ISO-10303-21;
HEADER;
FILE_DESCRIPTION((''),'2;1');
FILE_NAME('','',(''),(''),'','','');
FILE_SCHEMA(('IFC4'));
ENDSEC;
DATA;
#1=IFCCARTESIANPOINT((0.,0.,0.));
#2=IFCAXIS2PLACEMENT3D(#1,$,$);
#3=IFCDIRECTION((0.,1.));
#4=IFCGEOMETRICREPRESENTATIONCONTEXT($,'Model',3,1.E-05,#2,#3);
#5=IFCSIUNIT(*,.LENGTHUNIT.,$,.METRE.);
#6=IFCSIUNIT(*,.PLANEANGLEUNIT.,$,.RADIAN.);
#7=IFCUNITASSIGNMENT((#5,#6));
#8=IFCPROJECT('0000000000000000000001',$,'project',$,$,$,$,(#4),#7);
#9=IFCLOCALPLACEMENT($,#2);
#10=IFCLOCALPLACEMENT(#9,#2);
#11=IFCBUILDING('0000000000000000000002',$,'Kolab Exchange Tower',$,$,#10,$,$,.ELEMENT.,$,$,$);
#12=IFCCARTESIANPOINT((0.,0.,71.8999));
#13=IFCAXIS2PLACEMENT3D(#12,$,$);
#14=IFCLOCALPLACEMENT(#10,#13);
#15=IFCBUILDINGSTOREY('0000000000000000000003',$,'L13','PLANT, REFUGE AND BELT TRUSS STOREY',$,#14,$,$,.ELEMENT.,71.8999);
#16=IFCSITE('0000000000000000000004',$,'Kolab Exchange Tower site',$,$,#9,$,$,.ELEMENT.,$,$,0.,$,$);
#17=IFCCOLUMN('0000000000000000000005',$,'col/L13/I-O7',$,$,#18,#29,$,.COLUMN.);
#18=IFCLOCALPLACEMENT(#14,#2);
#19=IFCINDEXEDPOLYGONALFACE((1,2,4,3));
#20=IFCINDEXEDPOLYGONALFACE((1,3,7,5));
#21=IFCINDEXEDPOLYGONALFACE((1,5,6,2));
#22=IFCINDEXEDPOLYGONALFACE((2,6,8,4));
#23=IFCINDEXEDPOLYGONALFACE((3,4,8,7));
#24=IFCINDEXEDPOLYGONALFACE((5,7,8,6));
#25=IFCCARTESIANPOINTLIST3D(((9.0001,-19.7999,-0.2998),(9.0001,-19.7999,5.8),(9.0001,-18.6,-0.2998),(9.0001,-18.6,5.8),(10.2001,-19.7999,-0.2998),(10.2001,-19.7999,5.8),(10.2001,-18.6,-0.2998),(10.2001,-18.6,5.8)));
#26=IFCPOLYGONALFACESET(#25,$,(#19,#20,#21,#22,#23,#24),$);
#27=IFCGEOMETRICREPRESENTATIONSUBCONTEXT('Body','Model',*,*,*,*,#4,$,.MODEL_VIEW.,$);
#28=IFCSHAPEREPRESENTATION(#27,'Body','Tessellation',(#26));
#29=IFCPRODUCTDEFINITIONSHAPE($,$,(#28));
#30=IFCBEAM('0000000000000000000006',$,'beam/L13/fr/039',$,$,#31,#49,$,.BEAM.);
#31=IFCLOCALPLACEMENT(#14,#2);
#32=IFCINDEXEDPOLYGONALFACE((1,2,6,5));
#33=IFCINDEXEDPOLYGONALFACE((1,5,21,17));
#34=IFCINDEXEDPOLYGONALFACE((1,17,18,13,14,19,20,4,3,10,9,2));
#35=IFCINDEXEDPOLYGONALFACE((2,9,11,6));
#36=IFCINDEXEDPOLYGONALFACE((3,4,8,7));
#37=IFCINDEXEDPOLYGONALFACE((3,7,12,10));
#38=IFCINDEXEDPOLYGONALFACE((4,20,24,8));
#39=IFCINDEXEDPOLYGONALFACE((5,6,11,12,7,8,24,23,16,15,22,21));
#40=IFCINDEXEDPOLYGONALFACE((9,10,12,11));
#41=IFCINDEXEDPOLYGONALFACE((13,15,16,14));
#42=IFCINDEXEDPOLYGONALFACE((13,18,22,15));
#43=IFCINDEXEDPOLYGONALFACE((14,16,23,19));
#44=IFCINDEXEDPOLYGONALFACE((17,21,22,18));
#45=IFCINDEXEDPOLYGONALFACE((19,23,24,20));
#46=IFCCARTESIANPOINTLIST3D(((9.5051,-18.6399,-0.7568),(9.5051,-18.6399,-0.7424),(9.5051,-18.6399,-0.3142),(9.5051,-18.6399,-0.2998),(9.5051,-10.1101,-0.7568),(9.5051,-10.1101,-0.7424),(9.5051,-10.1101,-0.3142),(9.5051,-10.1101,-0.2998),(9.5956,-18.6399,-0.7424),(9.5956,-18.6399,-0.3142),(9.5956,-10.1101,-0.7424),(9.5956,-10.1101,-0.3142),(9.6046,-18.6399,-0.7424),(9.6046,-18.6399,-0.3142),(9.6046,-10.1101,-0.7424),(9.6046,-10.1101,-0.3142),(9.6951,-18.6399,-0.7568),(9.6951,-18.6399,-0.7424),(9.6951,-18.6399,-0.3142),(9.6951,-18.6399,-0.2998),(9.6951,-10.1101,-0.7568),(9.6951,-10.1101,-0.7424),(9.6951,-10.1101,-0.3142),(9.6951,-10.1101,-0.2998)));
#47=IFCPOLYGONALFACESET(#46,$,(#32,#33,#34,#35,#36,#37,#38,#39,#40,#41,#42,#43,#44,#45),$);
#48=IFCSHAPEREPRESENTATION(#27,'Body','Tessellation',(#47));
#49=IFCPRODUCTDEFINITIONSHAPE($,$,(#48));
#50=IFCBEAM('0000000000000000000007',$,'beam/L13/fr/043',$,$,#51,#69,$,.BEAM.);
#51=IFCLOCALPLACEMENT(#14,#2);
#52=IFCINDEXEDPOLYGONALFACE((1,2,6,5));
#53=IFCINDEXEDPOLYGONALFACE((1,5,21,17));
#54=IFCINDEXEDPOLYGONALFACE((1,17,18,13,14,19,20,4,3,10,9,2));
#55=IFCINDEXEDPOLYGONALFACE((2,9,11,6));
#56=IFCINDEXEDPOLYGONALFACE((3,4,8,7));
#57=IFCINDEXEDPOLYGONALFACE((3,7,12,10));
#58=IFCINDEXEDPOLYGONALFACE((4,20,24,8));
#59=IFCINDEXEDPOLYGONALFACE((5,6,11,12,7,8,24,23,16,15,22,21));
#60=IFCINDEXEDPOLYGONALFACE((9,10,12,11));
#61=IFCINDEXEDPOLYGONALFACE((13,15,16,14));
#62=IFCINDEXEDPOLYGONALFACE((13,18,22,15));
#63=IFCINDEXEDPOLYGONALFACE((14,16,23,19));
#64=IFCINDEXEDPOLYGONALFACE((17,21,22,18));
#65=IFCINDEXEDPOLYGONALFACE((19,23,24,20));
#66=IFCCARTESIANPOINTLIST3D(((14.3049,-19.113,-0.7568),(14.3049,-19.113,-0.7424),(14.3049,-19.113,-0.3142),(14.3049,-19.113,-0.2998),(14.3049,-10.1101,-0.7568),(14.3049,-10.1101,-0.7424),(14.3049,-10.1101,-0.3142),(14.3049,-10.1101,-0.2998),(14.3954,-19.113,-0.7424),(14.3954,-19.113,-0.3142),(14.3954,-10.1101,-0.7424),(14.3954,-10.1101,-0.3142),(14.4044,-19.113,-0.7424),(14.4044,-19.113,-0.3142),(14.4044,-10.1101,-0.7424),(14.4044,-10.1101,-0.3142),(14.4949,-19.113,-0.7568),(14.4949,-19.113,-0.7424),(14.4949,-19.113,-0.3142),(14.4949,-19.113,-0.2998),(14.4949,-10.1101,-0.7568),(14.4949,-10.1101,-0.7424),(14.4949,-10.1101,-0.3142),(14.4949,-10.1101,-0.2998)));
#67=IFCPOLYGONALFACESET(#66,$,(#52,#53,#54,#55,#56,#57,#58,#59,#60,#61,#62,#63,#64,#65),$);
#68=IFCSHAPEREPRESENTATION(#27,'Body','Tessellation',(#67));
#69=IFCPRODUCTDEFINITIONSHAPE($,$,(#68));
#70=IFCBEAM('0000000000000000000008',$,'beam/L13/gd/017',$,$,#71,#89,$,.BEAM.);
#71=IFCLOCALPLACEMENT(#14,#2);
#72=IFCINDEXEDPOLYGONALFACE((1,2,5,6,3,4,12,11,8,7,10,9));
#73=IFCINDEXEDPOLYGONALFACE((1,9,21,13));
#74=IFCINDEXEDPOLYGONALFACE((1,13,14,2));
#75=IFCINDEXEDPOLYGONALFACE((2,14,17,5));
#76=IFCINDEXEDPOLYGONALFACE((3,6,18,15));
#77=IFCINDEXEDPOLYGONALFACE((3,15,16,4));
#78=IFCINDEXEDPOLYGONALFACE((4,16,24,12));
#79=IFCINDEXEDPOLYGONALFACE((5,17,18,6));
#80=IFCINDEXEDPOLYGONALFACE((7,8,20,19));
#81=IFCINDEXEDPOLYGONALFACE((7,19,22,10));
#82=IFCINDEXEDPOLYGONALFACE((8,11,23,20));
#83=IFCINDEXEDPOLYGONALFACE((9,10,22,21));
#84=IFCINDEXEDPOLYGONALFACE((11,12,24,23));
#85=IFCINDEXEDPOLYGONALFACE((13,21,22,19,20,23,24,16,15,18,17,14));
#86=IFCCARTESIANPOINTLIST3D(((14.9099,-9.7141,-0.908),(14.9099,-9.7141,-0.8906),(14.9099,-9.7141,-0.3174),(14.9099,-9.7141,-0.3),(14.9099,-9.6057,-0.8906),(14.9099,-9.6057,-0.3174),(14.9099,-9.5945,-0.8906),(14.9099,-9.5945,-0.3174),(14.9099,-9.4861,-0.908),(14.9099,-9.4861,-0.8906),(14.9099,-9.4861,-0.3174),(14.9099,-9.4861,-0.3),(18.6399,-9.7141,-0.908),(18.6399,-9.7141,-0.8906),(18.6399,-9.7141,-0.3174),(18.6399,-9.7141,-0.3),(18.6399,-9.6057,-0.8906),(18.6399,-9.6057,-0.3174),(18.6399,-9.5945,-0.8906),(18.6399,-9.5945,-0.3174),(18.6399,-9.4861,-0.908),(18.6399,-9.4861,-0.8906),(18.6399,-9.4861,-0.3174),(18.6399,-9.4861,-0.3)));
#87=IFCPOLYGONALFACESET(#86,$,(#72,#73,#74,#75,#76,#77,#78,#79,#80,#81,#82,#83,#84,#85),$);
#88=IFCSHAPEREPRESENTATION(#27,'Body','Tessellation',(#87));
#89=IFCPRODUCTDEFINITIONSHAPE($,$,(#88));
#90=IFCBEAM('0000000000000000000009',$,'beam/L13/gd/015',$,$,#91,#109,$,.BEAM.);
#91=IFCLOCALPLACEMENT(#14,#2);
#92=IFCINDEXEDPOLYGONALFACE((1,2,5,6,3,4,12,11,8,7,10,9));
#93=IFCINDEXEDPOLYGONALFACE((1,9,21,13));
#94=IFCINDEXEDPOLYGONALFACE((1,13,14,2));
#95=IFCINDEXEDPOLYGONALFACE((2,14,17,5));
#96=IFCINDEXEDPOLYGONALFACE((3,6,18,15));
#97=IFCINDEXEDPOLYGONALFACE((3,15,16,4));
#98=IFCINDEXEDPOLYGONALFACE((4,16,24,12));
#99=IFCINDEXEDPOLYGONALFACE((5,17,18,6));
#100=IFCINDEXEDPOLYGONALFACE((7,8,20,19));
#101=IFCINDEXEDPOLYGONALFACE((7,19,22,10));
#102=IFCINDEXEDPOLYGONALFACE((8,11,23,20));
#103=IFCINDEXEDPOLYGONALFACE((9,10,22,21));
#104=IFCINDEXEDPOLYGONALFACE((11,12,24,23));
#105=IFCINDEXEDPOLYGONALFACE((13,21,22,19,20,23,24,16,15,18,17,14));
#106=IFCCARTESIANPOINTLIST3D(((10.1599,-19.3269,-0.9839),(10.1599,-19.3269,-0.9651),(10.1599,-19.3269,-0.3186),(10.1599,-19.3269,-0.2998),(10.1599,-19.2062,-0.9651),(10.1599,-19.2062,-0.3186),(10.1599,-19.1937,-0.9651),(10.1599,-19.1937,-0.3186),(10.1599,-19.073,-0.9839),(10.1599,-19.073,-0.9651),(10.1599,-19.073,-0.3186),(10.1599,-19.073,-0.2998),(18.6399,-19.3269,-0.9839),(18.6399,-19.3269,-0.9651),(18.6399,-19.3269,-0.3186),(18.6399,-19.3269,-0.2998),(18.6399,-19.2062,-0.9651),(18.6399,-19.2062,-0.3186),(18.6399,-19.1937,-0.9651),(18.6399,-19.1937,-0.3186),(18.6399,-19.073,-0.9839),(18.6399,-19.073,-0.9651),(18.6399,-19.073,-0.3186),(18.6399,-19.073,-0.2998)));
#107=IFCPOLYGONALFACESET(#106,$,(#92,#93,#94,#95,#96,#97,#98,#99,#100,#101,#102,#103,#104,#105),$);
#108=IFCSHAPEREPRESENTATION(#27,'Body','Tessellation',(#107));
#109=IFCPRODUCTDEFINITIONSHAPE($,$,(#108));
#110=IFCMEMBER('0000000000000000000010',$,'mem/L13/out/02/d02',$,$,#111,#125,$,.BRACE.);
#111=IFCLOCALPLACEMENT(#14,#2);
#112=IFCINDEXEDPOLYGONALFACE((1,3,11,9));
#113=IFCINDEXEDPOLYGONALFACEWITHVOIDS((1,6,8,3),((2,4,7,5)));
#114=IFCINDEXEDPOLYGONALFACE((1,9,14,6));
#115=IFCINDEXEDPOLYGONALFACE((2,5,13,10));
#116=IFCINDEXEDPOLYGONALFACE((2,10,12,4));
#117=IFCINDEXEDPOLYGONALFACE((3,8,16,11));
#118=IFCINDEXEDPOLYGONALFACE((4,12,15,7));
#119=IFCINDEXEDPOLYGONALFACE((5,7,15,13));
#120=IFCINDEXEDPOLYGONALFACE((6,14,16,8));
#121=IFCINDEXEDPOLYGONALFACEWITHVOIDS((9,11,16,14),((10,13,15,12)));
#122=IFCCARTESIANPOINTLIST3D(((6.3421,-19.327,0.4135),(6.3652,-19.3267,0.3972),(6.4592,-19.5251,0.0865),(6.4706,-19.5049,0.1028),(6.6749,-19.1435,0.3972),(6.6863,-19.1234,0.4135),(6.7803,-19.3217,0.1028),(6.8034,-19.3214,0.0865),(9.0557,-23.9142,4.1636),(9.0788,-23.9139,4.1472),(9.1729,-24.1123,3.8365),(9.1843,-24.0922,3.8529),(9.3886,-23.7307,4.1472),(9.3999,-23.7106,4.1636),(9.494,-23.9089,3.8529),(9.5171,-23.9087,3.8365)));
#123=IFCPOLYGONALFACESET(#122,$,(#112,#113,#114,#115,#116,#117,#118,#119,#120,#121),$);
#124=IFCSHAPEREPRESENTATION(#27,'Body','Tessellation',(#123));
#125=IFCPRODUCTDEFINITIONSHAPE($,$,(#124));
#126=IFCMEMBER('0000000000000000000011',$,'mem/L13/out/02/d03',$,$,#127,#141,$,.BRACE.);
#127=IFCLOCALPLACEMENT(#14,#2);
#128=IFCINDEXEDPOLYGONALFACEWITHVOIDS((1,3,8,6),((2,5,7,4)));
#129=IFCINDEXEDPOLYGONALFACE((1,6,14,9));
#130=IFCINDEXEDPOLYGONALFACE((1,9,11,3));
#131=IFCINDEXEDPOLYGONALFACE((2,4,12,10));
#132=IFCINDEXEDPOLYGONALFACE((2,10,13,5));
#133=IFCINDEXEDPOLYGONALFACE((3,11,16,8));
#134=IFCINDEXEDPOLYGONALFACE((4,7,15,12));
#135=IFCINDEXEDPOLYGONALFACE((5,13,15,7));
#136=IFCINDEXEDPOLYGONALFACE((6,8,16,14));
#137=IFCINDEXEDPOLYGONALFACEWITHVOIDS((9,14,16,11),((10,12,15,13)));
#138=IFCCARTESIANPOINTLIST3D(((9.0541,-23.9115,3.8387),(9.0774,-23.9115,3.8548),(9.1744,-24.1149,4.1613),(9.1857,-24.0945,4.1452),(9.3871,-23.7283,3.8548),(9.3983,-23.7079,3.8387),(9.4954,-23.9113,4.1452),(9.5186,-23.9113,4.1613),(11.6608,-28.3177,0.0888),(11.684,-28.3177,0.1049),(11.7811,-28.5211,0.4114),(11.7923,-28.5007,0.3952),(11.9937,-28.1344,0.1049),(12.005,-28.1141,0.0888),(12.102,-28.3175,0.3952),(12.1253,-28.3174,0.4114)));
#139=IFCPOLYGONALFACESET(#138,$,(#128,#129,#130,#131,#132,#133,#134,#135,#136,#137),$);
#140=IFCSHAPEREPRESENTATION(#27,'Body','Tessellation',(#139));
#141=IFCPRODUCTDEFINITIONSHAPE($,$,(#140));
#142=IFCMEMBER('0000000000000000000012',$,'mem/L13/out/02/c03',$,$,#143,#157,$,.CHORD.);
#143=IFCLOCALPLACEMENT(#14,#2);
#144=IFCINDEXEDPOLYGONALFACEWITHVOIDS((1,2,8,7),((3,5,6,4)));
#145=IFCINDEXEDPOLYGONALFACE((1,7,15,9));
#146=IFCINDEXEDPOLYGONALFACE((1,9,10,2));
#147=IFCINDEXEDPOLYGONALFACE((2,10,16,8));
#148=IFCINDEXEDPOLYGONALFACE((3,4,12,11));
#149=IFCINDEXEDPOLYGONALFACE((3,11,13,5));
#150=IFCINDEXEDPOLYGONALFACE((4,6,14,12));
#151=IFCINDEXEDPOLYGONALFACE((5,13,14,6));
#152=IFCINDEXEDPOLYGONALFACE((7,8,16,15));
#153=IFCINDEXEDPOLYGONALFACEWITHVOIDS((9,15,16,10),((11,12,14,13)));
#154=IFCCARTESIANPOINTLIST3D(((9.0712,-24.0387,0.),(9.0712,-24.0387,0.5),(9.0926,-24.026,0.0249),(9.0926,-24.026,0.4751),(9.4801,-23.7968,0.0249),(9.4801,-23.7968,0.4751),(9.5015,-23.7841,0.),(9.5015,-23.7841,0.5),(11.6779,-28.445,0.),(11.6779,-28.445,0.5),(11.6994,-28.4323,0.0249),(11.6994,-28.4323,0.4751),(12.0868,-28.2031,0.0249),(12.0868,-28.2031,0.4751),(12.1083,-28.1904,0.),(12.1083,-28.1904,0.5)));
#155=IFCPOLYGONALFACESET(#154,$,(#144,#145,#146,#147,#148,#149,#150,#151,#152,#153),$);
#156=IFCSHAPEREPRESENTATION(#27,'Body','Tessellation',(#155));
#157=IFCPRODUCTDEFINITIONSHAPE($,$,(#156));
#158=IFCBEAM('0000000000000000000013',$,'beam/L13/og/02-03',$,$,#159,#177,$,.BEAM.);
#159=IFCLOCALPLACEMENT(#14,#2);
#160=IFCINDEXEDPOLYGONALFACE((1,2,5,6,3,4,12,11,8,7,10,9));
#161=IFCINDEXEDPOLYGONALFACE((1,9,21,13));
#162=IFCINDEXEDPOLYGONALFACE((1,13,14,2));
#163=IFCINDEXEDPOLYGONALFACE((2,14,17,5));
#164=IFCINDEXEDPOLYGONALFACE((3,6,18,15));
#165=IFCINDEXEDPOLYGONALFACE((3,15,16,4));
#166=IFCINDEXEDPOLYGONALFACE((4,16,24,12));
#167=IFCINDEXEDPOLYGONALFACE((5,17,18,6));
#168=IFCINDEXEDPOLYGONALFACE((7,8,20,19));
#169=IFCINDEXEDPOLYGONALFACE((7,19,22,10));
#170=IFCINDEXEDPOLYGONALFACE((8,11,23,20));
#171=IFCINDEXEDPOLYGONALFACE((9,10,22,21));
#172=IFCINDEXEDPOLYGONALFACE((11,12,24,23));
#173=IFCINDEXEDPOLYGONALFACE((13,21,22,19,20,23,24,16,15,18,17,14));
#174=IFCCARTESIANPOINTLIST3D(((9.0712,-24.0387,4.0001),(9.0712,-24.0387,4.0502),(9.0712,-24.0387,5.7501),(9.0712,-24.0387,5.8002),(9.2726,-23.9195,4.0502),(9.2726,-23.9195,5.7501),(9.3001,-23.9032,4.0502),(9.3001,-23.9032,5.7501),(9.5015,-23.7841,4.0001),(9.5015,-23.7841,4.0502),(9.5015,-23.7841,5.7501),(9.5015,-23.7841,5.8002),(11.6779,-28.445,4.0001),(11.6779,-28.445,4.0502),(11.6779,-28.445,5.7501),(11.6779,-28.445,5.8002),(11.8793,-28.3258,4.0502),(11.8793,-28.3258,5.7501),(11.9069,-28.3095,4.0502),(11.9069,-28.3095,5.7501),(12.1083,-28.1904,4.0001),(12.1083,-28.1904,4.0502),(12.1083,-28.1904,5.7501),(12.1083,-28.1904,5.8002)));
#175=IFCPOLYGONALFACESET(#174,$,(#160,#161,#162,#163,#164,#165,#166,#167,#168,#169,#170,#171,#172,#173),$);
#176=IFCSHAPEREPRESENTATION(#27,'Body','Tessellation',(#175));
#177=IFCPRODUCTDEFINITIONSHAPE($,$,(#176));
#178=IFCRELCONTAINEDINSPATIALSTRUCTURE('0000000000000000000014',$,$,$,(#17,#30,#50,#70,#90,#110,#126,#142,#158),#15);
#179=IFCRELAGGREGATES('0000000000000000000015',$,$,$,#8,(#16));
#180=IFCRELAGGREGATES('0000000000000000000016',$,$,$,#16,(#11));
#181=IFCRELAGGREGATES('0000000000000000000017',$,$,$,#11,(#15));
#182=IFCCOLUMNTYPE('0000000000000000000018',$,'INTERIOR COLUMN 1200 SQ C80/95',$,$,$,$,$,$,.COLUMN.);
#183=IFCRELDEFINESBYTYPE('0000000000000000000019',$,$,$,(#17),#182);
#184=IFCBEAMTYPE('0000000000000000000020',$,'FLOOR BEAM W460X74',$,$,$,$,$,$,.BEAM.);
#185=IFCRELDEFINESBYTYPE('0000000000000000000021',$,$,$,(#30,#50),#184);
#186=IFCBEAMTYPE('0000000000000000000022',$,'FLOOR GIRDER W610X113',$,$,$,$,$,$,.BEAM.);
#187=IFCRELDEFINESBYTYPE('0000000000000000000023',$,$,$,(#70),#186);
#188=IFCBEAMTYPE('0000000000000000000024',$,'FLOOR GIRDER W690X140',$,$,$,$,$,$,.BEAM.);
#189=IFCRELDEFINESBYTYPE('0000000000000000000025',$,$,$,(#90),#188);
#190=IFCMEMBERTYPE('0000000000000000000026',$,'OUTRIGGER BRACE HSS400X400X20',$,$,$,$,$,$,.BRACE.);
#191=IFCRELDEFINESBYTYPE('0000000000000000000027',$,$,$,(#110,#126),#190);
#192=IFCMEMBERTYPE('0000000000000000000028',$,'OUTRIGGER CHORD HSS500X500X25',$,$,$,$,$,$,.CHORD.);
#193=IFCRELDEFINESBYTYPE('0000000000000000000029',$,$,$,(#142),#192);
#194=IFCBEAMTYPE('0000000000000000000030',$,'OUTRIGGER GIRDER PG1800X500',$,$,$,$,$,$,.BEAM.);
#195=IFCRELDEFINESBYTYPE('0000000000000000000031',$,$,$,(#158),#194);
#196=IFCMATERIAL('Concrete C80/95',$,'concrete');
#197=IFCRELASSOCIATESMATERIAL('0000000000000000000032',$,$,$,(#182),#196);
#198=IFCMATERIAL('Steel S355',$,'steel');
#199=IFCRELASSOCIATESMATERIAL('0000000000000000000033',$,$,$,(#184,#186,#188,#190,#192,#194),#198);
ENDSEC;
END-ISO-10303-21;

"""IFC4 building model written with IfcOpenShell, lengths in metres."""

from ifc_helpers import new_model, si_unit, direction, frame, origin, origin_2d, place, context, subcontext, project, spatial, rectangle, hollow_rectangle, i_section, extrude, material, material_profile, profile_set, type_object, element, save


model = new_model("IFC4")

# Units and contexts
model_context = context("Model", 3, precision=1e-05, world=origin(), true_north=direction((0.0, 1.0)))
body_context = subcontext(model_context, "Body", "Model", "MODEL_VIEW")
ifc_project = project(units=[si_unit("LENGTHUNIT", "METRE"), si_unit("PLANEANGLEUNIT", "RADIAN")], contexts=[model_context])

# Site, building, storey
site_placement = place(None, origin())
site = spatial("IfcSite", under=ifc_project, at=site_placement, Name="Kolab Exchange Tower site", CompositionType="ELEMENT", RefElevation=0.0)
building_placement = place(site_placement, origin())
building = spatial("IfcBuilding", under=site, at=building_placement, Name="Kolab Exchange Tower", CompositionType="ELEMENT")
storey_placement = place(building_placement, frame((0.0, 0.0, 71.8999)))
storey = spatial("IfcBuildingStorey", under=building, at=storey_placement, Name="L13", Description="PLANT, REFUGE AND BELT TRUSS STOREY", CompositionType="ELEMENT", Elevation=71.8999)

# Column
ifc_material_1 = material(Name="Concrete C80/95", Category="concrete")
ifc_material_profile_1 = material_profile(ifc_material_1, rectangle(XDim=1.2, YDim=1.2, at=origin_2d()), Name="RC1200")
ifc_profile_set_1 = profile_set([ifc_material_profile_1], Name="Concrete C80/95")
column_type = type_object("IfcColumnType", Name="INTERIOR COLUMN 1200 SQ C80/95", PredefinedType="COLUMN", material=ifc_profile_set_1)
column_placement = place(storey_placement, frame((9.6001, -19.2, -0.2998), z_axis=(0.0, 0.0, 1.0), x_axis=(1.0, 0.0, 0.0)))
element("IfcColumn", 1, at=column_placement, inside=storey, type_object=column_type, Name="col/L13/I-O7", PredefinedType="COLUMN", context=body_context, shape_type="SweptSolid", body=[
    extrude(rectangle(XDim=1.2, YDim=1.2, at=origin_2d()), origin(), (0.0, 0.0, 1.0), 6.0999),
])

# Beams
ifc_material_2 = material(Name="Steel S355", Category="steel")
ifc_material_profile_2 = material_profile(ifc_material_2, i_section(OverallWidth=0.1899, OverallDepth=0.457, WebThickness=0.009, FlangeThickness=0.0144, at=origin_2d()), Name="W460X74")
ifc_profile_set_2 = profile_set([ifc_material_profile_2], Name="Steel S355")
beam_type_1 = type_object("IfcBeamType", Name="FLOOR BEAM W460X74", PredefinedType="BEAM", material=ifc_profile_set_2)
beam_1_placement = place(storey_placement, frame((9.6001, -18.6399, -0.5283), z_axis=(0.0, 1.0, 0.0), x_axis=(-1.0, 0.0, 0.0)))
element("IfcBeam", 2, at=beam_1_placement, inside=storey, type_object=beam_type_1, Name="beam/L13/fr/039", PredefinedType="BEAM", context=body_context, shape_type="SweptSolid", body=[
    extrude(i_section(OverallWidth=0.1899, OverallDepth=0.457, WebThickness=0.009, FlangeThickness=0.0144, at=origin_2d()), origin(), (0.0, 0.0, 1.0), 8.5298),
])
beam_2_placement = place(storey_placement, frame((14.3999, -19.113, -0.5283), z_axis=(0.0, 1.0, 0.0), x_axis=(-1.0, 0.0, 0.0)))
element("IfcBeam", 3, at=beam_2_placement, inside=storey, type_object=beam_type_1, Name="beam/L13/fr/043", PredefinedType="BEAM", context=body_context, shape_type="SweptSolid", body=[
    extrude(i_section(OverallWidth=0.1899, OverallDepth=0.457, WebThickness=0.009, FlangeThickness=0.0144, at=origin_2d()), origin(), (0.0, 0.0, 1.0), 9.0029),
])
ifc_material_profile_3 = material_profile(ifc_material_2, i_section(OverallWidth=0.228, OverallDepth=0.6079, WebThickness=0.0112, FlangeThickness=0.0173, at=origin_2d()), Name="W610X113")
ifc_profile_set_3 = profile_set([ifc_material_profile_3], Name="Steel S355")
beam_type_2 = type_object("IfcBeamType", Name="FLOOR GIRDER W610X113", PredefinedType="BEAM", material=ifc_profile_set_3)
beam_3_placement = place(storey_placement, frame((14.9099, -9.6001, -0.604), z_axis=(1.0, 0.0, 0.0), x_axis=(0.0, 1.0, 0.0)))
element("IfcBeam", 4, at=beam_3_placement, inside=storey, type_object=beam_type_2, Name="beam/L13/gd/017", PredefinedType="BEAM", context=body_context, shape_type="SweptSolid", body=[
    extrude(i_section(OverallWidth=0.228, OverallDepth=0.6079, WebThickness=0.0112, FlangeThickness=0.0173, at=origin_2d()), origin(), (0.0, 0.0, 1.0), 3.73),
])
ifc_material_profile_4 = material_profile(ifc_material_2, i_section(OverallWidth=0.2539, OverallDepth=0.6841, WebThickness=0.0125, FlangeThickness=0.0188, at=origin_2d()), Name="W690X140")
ifc_profile_set_4 = profile_set([ifc_material_profile_4], Name="Steel S355")
beam_type_3 = type_object("IfcBeamType", Name="FLOOR GIRDER W690X140", PredefinedType="BEAM", material=ifc_profile_set_4)
beam_4_placement = place(storey_placement, frame((10.1599, -19.2, -0.6418), z_axis=(1.0, 0.0, 0.0), x_axis=(0.0, 1.0, 0.0)))
element("IfcBeam", 5, at=beam_4_placement, inside=storey, type_object=beam_type_3, Name="beam/L13/gd/015", PredefinedType="BEAM", context=body_context, shape_type="SweptSolid", body=[
    extrude(i_section(OverallWidth=0.2539, OverallDepth=0.6841, WebThickness=0.0125, FlangeThickness=0.0188, at=origin_2d()), origin(), (0.0, 0.0, 1.0), 8.48),
])

# Members
ifc_material_profile_5 = material_profile(ifc_material_2, hollow_rectangle(XDim=0.3999, YDim=0.3999, WallThickness=0.02, at=origin_2d()), Name="HSS400X400X20")
ifc_profile_set_5 = profile_set([ifc_material_profile_5], Name="Steel S355")
member_type_1 = type_object("IfcMemberType", Name="OUTRIGGER BRACE HSS400X400X20", PredefinedType="BRACE", material=ifc_profile_set_5)
member_1_placement = place(storey_placement, frame((6.5728, -19.3242, 0.25), z_axis=(0.416406, -0.703901, 0.575439), x_axis=(0.860677, 0.509151, 0.0)))
element("IfcMember", 6, at=member_1_placement, inside=storey, type_object=member_type_1, Name="mem/L13/out/02/d02", PredefinedType="BRACE", context=body_context, shape_type="SweptSolid", body=[
    extrude(hollow_rectangle(XDim=0.3999, YDim=0.3999, WallThickness=0.02, at=origin_2d()), origin(), (0.0, 0.0, 1.0), 6.5168),
])
member_2_placement = place(storey_placement, frame((9.2864, -23.9114, 4.0), z_axis=(0.410758, -0.694329, -0.590919), x_axis=(0.86067, 0.509163, 0.0)))
element("IfcMember", 7, at=member_2_placement, inside=storey, type_object=member_type_1, Name="mem/L13/out/02/d03", PredefinedType="BRACE", context=body_context, shape_type="SweptSolid", body=[
    extrude(hollow_rectangle(XDim=0.3999, YDim=0.3999, WallThickness=0.02, at=origin_2d()), origin(), (0.0, 0.0, 1.0), 6.3459),
])
ifc_material_profile_6 = material_profile(ifc_material_2, hollow_rectangle(XDim=0.5, YDim=0.5, WallThickness=0.0249, at=origin_2d()), Name="HSS500X500X25")
ifc_profile_set_6 = profile_set([ifc_material_profile_6], Name="Steel S355")
member_type_2 = type_object("IfcMemberType", Name="OUTRIGGER CHORD HSS500X500X25", PredefinedType="CHORD", material=ifc_profile_set_6)
member_3_placement = place(storey_placement, frame((9.2864, -23.9114, 0.25), z_axis=(0.509163, -0.86067, 0.0), x_axis=(0.86067, 0.509163, 0.0)))
element("IfcMember", 8, at=member_3_placement, inside=storey, type_object=member_type_2, Name="mem/L13/out/02/c03", PredefinedType="CHORD", context=body_context, shape_type="SweptSolid", body=[
    extrude(hollow_rectangle(XDim=0.5, YDim=0.5, WallThickness=0.0249, at=origin_2d()), origin(), (0.0, 0.0, 1.0), 5.1196),
])

# Beam
ifc_material_profile_7 = material_profile(ifc_material_2, i_section(OverallWidth=0.5, OverallDepth=1.8, WebThickness=0.032, FlangeThickness=0.05, at=origin_2d()), Name="PG1800X500")
ifc_profile_set_7 = profile_set([ifc_material_profile_7], Name="Steel S355")
beam_type_4 = type_object("IfcBeamType", Name="OUTRIGGER GIRDER PG1800X500", PredefinedType="BEAM", material=ifc_profile_set_7)
beam_5_placement = place(storey_placement, frame((9.2864, -23.9114, 4.9001), z_axis=(0.509163, -0.86067, 0.0), x_axis=(0.86067, 0.509163, 0.0)))
element("IfcBeam", 9, at=beam_5_placement, inside=storey, type_object=beam_type_4, Name="beam/L13/og/02-03", PredefinedType="BEAM", context=body_context, shape_type="SweptSolid", body=[
    extrude(i_section(OverallWidth=0.5, OverallDepth=1.8, WebThickness=0.032, FlangeThickness=0.05, at=origin_2d()), origin(), (0.0, 0.0, 1.0), 5.1196),
])

save(model, "model.ifc")
